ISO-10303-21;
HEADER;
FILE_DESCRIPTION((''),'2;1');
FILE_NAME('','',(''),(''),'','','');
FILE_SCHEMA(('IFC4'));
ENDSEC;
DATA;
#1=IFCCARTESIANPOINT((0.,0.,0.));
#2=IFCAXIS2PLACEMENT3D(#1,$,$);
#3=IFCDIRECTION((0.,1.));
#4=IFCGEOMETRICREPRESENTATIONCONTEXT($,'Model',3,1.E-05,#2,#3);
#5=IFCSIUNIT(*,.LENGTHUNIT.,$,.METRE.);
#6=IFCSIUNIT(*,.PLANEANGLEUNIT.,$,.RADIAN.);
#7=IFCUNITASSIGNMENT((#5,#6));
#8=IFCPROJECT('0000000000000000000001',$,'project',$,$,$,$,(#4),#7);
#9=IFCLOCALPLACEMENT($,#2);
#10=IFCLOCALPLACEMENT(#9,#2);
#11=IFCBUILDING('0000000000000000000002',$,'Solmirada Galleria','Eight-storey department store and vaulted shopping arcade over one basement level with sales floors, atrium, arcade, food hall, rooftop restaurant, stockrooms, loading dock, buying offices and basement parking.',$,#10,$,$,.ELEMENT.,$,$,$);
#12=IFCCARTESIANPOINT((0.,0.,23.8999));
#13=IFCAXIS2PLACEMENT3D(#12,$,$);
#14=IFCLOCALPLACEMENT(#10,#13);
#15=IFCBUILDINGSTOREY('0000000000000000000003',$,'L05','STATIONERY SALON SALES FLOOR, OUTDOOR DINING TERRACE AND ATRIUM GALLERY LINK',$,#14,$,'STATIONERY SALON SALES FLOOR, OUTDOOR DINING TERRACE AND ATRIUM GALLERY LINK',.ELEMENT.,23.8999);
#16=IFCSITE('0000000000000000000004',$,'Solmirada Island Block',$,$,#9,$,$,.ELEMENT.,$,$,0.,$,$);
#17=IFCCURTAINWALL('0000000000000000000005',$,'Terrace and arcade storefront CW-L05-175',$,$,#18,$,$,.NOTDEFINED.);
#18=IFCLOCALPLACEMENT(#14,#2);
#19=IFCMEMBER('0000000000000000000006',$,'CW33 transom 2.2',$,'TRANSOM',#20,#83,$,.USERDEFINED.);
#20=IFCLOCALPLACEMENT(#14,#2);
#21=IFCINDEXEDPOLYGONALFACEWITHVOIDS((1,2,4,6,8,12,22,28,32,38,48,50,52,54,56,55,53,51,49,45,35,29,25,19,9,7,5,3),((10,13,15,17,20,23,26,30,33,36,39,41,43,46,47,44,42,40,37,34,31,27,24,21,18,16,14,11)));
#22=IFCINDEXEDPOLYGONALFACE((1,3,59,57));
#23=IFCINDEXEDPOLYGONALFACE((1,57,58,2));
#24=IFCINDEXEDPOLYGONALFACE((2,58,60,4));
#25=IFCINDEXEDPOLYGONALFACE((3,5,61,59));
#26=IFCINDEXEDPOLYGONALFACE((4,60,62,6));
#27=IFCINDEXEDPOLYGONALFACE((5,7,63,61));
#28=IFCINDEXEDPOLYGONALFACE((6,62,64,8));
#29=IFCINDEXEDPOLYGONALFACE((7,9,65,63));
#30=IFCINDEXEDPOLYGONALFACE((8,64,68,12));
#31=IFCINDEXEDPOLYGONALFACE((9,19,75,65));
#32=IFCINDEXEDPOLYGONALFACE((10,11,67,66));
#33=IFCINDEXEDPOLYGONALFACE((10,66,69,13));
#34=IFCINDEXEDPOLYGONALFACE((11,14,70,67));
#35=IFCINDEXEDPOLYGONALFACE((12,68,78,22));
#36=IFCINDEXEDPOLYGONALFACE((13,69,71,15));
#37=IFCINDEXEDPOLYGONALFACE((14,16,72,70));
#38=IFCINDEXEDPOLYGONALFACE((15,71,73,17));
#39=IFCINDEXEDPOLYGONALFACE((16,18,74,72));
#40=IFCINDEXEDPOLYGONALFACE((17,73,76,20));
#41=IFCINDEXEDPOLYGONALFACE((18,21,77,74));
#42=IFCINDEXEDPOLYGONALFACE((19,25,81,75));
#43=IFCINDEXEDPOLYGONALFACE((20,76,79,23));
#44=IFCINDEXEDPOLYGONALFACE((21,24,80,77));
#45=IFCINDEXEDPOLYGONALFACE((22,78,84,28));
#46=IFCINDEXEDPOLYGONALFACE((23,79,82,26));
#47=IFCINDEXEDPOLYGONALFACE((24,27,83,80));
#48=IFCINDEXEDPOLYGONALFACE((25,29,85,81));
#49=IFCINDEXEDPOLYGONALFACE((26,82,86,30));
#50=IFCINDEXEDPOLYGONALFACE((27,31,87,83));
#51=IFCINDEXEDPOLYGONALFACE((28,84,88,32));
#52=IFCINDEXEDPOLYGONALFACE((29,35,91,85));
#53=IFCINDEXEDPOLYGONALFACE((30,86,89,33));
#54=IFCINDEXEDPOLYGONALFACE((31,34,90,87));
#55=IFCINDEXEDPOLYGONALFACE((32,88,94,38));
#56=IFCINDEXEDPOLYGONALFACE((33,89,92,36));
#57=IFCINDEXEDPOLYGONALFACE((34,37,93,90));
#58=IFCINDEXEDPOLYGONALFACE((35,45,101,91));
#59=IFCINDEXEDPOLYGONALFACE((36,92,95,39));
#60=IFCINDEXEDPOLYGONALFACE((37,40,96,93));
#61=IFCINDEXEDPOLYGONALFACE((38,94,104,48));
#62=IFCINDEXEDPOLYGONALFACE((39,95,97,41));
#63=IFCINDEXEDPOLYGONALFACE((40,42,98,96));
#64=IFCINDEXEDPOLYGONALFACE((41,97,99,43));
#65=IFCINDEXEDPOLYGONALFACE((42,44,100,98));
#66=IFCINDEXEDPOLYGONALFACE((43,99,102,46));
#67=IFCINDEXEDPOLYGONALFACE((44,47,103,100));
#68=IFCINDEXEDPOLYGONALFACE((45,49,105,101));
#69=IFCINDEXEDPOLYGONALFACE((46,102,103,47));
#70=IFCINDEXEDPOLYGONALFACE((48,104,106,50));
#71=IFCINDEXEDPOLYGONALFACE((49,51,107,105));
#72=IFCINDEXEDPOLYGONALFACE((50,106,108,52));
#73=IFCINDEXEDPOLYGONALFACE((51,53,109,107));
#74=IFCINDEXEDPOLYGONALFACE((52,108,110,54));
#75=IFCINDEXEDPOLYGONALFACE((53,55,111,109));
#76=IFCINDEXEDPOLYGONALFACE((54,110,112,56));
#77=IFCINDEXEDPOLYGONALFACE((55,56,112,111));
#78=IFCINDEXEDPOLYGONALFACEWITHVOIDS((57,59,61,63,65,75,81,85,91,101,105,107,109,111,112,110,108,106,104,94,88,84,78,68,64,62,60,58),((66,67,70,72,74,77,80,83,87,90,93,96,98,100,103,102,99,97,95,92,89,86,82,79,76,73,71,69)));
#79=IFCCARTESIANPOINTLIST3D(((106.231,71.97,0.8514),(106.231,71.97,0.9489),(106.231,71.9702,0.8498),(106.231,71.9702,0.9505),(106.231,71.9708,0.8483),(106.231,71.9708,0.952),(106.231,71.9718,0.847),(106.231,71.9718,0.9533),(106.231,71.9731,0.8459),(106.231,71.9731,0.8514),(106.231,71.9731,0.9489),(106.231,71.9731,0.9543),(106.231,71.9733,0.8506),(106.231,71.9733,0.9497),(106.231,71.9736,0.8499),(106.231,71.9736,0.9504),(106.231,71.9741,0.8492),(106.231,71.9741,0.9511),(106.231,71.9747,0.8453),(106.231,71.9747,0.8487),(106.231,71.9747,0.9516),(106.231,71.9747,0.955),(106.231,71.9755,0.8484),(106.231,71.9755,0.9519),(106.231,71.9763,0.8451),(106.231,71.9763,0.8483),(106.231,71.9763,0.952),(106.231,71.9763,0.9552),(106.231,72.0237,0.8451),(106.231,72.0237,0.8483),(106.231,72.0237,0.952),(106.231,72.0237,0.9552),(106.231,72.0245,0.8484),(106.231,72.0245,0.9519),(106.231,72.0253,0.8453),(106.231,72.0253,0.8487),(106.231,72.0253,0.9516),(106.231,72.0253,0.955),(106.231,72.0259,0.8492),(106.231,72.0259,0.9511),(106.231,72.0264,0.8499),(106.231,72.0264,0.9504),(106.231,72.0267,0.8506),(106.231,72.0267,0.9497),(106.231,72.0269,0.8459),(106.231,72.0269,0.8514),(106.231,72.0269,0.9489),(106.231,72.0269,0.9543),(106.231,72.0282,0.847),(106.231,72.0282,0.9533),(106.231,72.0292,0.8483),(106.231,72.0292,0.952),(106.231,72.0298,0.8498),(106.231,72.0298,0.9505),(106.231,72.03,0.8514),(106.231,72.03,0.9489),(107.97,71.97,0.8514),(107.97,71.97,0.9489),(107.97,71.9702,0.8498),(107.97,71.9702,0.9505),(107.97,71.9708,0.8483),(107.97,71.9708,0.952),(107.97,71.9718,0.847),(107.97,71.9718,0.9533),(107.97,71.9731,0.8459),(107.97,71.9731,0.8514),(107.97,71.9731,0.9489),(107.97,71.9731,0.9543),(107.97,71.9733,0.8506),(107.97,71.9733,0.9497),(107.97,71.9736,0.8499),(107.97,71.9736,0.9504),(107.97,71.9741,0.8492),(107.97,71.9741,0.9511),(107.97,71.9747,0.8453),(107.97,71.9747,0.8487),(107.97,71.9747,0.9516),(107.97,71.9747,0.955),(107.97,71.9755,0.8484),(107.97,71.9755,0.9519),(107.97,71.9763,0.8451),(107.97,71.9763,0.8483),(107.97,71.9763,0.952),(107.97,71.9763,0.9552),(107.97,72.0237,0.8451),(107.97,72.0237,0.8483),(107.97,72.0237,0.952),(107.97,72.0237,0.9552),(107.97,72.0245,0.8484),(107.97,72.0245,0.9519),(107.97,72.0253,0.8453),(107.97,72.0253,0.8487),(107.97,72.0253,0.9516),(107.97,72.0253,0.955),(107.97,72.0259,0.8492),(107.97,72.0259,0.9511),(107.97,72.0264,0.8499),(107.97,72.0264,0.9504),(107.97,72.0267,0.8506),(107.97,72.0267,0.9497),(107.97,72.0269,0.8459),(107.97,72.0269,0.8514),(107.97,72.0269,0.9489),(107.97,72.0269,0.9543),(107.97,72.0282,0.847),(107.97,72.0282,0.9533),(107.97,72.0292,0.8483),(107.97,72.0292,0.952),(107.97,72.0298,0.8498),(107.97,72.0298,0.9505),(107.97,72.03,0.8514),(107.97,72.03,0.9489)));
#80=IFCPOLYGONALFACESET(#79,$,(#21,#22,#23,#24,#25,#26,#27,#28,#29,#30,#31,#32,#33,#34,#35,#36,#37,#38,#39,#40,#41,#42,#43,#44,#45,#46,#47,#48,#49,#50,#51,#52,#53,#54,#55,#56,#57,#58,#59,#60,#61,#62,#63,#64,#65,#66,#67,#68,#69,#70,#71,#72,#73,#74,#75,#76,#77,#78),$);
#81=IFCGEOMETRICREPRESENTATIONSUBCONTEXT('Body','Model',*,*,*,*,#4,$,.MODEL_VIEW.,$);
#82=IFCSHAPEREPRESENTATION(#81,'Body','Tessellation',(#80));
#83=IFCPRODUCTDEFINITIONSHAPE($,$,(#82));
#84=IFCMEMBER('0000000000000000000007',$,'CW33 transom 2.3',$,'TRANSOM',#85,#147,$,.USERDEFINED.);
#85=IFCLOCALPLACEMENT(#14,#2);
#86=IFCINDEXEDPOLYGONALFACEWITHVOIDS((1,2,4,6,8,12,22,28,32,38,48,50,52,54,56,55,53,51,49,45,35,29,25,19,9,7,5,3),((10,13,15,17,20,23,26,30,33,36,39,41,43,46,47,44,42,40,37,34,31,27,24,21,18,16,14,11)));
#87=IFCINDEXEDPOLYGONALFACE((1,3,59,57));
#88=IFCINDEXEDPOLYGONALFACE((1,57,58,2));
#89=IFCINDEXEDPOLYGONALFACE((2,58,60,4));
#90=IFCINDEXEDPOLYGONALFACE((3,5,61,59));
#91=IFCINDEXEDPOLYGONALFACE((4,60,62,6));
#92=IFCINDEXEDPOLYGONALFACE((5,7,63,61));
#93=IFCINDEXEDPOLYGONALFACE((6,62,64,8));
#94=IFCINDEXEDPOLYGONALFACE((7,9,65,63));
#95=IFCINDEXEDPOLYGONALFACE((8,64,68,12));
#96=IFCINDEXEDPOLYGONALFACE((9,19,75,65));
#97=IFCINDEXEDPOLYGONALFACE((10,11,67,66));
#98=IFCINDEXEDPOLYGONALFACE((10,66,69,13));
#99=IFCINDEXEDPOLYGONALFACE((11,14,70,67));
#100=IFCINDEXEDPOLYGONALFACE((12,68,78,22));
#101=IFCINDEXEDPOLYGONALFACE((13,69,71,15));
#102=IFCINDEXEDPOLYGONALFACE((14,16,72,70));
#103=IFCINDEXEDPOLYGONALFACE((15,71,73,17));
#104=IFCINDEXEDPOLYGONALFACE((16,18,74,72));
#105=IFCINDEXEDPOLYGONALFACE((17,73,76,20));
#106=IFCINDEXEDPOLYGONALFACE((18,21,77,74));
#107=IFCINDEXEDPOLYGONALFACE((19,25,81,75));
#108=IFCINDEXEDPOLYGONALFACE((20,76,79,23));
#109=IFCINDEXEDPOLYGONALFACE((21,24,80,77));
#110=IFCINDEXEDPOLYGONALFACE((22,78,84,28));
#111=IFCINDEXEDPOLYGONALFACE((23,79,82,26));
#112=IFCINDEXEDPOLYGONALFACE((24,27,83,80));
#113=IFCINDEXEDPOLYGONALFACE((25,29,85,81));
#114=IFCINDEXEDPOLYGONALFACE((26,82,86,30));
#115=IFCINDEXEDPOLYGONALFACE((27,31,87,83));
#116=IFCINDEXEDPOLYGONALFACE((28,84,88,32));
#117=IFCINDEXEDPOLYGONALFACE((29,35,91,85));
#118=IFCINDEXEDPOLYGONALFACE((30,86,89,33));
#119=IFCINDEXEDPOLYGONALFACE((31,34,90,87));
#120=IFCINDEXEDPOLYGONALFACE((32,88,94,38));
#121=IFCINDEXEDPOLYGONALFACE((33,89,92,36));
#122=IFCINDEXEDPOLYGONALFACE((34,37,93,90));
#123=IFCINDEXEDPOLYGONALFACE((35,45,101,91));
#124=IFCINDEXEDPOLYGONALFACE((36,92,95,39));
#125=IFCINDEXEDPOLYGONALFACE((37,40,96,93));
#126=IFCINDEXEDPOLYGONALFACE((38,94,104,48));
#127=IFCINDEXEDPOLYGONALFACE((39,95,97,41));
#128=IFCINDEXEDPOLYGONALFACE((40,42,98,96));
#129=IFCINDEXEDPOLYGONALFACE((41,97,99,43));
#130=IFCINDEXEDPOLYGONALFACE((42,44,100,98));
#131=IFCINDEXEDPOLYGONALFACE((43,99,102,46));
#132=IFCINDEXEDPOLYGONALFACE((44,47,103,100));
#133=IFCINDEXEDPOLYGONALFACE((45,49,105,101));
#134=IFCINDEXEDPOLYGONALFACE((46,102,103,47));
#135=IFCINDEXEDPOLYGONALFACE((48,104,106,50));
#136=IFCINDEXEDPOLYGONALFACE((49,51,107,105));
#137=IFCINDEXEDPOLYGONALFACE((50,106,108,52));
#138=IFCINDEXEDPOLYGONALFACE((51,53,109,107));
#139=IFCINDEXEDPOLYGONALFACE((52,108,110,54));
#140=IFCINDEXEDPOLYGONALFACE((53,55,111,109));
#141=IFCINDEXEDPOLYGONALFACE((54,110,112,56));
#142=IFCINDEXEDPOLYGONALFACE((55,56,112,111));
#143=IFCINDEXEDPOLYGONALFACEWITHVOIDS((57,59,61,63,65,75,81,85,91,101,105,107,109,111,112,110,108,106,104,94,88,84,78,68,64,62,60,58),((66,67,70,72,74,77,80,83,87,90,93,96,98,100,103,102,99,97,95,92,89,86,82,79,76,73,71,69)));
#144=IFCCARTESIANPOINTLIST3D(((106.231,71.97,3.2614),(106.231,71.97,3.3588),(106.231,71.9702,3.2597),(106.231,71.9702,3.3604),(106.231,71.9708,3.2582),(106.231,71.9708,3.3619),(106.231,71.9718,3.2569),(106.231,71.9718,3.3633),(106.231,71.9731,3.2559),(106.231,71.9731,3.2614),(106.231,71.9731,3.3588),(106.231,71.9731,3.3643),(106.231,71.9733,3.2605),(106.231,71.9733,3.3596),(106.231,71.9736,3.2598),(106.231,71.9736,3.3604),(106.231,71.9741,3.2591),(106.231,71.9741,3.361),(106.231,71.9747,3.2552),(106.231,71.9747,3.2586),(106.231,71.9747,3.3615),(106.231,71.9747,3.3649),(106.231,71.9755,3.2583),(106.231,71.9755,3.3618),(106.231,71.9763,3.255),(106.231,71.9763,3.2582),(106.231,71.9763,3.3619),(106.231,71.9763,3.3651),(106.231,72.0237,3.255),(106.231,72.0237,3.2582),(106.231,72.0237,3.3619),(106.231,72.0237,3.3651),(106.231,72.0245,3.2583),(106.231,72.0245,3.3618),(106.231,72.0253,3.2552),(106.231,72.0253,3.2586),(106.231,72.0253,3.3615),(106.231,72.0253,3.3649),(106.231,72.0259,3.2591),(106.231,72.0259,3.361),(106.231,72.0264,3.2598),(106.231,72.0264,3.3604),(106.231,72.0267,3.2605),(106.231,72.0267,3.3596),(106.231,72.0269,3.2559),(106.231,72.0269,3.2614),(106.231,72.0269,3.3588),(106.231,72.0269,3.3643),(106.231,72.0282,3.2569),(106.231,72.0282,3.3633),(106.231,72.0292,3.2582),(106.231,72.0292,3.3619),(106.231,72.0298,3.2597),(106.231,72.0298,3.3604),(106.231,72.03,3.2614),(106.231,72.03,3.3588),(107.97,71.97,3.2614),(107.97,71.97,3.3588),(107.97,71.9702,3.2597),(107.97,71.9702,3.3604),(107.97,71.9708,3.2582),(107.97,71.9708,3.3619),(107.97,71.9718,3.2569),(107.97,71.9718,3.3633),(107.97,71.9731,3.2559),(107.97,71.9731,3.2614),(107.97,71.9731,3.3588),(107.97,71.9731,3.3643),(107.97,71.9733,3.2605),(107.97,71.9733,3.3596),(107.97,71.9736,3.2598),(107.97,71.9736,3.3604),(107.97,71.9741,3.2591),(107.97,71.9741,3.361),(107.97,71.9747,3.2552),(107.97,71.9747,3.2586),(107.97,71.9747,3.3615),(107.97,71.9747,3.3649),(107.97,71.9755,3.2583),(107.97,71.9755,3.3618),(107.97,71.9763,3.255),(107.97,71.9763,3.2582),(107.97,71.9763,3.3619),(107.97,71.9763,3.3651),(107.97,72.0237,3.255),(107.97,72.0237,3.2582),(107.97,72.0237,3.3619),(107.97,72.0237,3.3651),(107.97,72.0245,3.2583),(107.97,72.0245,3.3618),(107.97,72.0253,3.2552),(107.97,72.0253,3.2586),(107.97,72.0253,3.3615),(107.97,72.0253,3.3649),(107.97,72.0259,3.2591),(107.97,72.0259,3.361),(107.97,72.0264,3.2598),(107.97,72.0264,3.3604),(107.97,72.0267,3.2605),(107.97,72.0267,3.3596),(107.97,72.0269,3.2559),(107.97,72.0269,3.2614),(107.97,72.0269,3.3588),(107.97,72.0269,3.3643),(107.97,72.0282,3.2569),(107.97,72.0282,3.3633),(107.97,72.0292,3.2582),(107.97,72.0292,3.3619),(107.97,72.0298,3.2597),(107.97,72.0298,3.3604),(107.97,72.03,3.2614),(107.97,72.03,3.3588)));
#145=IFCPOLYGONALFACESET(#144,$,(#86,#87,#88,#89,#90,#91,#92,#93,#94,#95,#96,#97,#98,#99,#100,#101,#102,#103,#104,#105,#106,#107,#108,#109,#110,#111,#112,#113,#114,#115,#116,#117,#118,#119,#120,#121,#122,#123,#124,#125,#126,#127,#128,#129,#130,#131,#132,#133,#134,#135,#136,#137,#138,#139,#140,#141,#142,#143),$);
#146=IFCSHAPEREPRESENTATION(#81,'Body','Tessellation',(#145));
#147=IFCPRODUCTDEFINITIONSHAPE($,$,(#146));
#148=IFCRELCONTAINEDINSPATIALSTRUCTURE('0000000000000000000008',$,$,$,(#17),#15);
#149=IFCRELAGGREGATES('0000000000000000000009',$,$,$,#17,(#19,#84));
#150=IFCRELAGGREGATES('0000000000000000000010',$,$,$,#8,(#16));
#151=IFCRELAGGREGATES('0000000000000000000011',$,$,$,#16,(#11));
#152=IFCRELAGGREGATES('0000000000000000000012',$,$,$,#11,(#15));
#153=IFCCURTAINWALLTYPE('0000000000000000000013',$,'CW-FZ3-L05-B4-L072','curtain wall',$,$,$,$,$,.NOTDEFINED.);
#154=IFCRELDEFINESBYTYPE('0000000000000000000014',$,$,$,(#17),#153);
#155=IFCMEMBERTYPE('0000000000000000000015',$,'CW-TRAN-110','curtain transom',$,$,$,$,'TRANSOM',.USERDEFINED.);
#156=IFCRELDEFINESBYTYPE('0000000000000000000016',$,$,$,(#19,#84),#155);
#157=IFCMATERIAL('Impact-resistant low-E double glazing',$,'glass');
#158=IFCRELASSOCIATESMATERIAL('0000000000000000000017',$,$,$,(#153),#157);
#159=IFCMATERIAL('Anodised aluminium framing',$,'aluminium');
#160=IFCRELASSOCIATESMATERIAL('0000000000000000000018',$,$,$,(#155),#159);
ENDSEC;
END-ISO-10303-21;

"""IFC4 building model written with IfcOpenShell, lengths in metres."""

from ifc_helpers import new_model, si_unit, direction, frame, origin, origin_2d, place, context, subcontext, project, spatial, hollow_rectangle, extrude, material, material_profile, profile_set, type_object, element, aggregate, save


model = new_model("IFC4")

# Units and contexts
model_context = context("Model", 3, precision=1e-05, world=origin(), true_north=direction((0.0, 1.0)))
body_context = subcontext(model_context, "Body", "Model", "MODEL_VIEW")
ifc_project = project(units=[si_unit("LENGTHUNIT", "METRE"), si_unit("PLANEANGLEUNIT", "RADIAN")], contexts=[model_context])

# Site, building, storey
site_placement = place(None, origin())
site = spatial("IfcSite", under=ifc_project, at=site_placement, Name="Solmirada Island Block", CompositionType="ELEMENT", RefElevation=0.0)
building_placement = place(site_placement, origin())
building = spatial("IfcBuilding", under=site, at=building_placement, Name="Solmirada Galleria", Description="Eight-storey department store and vaulted shopping arcade over one basement level with sales floors, atrium, arcade, food hall, rooftop restaurant, stockrooms, loading dock, buying offices and basement parking.", CompositionType="ELEMENT")
storey_placement = place(building_placement, frame((0.0, 0.0, 23.8999)))
storey = spatial("IfcBuildingStorey", under=building, at=storey_placement, Name="L05", Description="STATIONERY SALON SALES FLOOR, OUTDOOR DINING TERRACE AND ATRIUM GALLERY LINK", LongName="STATIONERY SALON SALES FLOOR, OUTDOOR DINING TERRACE AND ATRIUM GALLERY LINK", CompositionType="ELEMENT", Elevation=23.8999)

# Curtain wall, members
ifc_material_1 = material(Name="Impact-resistant low-E double glazing", Category="glass")
curtain_wall_type = type_object("IfcCurtainWallType", Name="CW-FZ3-L05-B4-L072", Description="curtain wall", PredefinedType="NOTDEFINED", material=ifc_material_1)
curtain_wall_placement = place(storey_placement, origin())
curtain_wall = element("IfcCurtainWall", 1, at=curtain_wall_placement, inside=storey, type_object=curtain_wall_type, Name="Terrace and arcade storefront CW-L05-175", PredefinedType="NOTDEFINED")
ifc_material_2 = material(Name="Anodised aluminium framing", Category="aluminium")
ifc_material_profile_1 = material_profile(ifc_material_2, hollow_rectangle(XDim=0.0601, YDim=0.1101, WallThickness=0.0032, InnerFilletRadius=0.0032, OuterFilletRadius=0.0063, at=origin_2d()), Name="ALU-TRAN-110X60")
ifc_profile_set_1 = profile_set([ifc_material_profile_1], Name="Anodised aluminium framing")
member_type_1 = type_object("IfcMemberType", Name="CW-TRAN-110", Description="curtain transom", ElementType="TRANSOM", PredefinedType="USERDEFINED", material=ifc_profile_set_1)
member_1_placement = place(storey_placement, frame((106.231, 72.0, 0.9001), z_axis=(1.0, 0.0, 0.0), x_axis=(0.0, 1.0, 0.0)))
member_1 = element("IfcMember", 2, at=member_1_placement, type_object=member_type_1, Name="CW33 transom 2.2", ObjectType="TRANSOM", PredefinedType="USERDEFINED", context=body_context, shape_type="SweptSolid", body=[
    extrude(hollow_rectangle(XDim=0.0601, YDim=0.1101, WallThickness=0.0032, InnerFilletRadius=0.0032, OuterFilletRadius=0.0063, at=origin_2d()), origin(), (0.0, 0.0, 1.0), 1.739),
])
member_2_placement = place(storey_placement, frame((106.231, 72.0, 3.3101), z_axis=(1.0, 0.0, 0.0), x_axis=(0.0, 1.0, 0.0)))
member_2 = element("IfcMember", 3, at=member_2_placement, type_object=member_type_1, Name="CW33 transom 2.3", ObjectType="TRANSOM", PredefinedType="USERDEFINED", context=body_context, shape_type="SweptSolid", body=[
    extrude(hollow_rectangle(XDim=0.0601, YDim=0.1101, WallThickness=0.0032, InnerFilletRadius=0.0032, OuterFilletRadius=0.0063, at=origin_2d()), origin(), (0.0, 0.0, 1.0), 1.739),
])
aggregate(curtain_wall, [member_1, member_2])

save(model, "model.ifc")
